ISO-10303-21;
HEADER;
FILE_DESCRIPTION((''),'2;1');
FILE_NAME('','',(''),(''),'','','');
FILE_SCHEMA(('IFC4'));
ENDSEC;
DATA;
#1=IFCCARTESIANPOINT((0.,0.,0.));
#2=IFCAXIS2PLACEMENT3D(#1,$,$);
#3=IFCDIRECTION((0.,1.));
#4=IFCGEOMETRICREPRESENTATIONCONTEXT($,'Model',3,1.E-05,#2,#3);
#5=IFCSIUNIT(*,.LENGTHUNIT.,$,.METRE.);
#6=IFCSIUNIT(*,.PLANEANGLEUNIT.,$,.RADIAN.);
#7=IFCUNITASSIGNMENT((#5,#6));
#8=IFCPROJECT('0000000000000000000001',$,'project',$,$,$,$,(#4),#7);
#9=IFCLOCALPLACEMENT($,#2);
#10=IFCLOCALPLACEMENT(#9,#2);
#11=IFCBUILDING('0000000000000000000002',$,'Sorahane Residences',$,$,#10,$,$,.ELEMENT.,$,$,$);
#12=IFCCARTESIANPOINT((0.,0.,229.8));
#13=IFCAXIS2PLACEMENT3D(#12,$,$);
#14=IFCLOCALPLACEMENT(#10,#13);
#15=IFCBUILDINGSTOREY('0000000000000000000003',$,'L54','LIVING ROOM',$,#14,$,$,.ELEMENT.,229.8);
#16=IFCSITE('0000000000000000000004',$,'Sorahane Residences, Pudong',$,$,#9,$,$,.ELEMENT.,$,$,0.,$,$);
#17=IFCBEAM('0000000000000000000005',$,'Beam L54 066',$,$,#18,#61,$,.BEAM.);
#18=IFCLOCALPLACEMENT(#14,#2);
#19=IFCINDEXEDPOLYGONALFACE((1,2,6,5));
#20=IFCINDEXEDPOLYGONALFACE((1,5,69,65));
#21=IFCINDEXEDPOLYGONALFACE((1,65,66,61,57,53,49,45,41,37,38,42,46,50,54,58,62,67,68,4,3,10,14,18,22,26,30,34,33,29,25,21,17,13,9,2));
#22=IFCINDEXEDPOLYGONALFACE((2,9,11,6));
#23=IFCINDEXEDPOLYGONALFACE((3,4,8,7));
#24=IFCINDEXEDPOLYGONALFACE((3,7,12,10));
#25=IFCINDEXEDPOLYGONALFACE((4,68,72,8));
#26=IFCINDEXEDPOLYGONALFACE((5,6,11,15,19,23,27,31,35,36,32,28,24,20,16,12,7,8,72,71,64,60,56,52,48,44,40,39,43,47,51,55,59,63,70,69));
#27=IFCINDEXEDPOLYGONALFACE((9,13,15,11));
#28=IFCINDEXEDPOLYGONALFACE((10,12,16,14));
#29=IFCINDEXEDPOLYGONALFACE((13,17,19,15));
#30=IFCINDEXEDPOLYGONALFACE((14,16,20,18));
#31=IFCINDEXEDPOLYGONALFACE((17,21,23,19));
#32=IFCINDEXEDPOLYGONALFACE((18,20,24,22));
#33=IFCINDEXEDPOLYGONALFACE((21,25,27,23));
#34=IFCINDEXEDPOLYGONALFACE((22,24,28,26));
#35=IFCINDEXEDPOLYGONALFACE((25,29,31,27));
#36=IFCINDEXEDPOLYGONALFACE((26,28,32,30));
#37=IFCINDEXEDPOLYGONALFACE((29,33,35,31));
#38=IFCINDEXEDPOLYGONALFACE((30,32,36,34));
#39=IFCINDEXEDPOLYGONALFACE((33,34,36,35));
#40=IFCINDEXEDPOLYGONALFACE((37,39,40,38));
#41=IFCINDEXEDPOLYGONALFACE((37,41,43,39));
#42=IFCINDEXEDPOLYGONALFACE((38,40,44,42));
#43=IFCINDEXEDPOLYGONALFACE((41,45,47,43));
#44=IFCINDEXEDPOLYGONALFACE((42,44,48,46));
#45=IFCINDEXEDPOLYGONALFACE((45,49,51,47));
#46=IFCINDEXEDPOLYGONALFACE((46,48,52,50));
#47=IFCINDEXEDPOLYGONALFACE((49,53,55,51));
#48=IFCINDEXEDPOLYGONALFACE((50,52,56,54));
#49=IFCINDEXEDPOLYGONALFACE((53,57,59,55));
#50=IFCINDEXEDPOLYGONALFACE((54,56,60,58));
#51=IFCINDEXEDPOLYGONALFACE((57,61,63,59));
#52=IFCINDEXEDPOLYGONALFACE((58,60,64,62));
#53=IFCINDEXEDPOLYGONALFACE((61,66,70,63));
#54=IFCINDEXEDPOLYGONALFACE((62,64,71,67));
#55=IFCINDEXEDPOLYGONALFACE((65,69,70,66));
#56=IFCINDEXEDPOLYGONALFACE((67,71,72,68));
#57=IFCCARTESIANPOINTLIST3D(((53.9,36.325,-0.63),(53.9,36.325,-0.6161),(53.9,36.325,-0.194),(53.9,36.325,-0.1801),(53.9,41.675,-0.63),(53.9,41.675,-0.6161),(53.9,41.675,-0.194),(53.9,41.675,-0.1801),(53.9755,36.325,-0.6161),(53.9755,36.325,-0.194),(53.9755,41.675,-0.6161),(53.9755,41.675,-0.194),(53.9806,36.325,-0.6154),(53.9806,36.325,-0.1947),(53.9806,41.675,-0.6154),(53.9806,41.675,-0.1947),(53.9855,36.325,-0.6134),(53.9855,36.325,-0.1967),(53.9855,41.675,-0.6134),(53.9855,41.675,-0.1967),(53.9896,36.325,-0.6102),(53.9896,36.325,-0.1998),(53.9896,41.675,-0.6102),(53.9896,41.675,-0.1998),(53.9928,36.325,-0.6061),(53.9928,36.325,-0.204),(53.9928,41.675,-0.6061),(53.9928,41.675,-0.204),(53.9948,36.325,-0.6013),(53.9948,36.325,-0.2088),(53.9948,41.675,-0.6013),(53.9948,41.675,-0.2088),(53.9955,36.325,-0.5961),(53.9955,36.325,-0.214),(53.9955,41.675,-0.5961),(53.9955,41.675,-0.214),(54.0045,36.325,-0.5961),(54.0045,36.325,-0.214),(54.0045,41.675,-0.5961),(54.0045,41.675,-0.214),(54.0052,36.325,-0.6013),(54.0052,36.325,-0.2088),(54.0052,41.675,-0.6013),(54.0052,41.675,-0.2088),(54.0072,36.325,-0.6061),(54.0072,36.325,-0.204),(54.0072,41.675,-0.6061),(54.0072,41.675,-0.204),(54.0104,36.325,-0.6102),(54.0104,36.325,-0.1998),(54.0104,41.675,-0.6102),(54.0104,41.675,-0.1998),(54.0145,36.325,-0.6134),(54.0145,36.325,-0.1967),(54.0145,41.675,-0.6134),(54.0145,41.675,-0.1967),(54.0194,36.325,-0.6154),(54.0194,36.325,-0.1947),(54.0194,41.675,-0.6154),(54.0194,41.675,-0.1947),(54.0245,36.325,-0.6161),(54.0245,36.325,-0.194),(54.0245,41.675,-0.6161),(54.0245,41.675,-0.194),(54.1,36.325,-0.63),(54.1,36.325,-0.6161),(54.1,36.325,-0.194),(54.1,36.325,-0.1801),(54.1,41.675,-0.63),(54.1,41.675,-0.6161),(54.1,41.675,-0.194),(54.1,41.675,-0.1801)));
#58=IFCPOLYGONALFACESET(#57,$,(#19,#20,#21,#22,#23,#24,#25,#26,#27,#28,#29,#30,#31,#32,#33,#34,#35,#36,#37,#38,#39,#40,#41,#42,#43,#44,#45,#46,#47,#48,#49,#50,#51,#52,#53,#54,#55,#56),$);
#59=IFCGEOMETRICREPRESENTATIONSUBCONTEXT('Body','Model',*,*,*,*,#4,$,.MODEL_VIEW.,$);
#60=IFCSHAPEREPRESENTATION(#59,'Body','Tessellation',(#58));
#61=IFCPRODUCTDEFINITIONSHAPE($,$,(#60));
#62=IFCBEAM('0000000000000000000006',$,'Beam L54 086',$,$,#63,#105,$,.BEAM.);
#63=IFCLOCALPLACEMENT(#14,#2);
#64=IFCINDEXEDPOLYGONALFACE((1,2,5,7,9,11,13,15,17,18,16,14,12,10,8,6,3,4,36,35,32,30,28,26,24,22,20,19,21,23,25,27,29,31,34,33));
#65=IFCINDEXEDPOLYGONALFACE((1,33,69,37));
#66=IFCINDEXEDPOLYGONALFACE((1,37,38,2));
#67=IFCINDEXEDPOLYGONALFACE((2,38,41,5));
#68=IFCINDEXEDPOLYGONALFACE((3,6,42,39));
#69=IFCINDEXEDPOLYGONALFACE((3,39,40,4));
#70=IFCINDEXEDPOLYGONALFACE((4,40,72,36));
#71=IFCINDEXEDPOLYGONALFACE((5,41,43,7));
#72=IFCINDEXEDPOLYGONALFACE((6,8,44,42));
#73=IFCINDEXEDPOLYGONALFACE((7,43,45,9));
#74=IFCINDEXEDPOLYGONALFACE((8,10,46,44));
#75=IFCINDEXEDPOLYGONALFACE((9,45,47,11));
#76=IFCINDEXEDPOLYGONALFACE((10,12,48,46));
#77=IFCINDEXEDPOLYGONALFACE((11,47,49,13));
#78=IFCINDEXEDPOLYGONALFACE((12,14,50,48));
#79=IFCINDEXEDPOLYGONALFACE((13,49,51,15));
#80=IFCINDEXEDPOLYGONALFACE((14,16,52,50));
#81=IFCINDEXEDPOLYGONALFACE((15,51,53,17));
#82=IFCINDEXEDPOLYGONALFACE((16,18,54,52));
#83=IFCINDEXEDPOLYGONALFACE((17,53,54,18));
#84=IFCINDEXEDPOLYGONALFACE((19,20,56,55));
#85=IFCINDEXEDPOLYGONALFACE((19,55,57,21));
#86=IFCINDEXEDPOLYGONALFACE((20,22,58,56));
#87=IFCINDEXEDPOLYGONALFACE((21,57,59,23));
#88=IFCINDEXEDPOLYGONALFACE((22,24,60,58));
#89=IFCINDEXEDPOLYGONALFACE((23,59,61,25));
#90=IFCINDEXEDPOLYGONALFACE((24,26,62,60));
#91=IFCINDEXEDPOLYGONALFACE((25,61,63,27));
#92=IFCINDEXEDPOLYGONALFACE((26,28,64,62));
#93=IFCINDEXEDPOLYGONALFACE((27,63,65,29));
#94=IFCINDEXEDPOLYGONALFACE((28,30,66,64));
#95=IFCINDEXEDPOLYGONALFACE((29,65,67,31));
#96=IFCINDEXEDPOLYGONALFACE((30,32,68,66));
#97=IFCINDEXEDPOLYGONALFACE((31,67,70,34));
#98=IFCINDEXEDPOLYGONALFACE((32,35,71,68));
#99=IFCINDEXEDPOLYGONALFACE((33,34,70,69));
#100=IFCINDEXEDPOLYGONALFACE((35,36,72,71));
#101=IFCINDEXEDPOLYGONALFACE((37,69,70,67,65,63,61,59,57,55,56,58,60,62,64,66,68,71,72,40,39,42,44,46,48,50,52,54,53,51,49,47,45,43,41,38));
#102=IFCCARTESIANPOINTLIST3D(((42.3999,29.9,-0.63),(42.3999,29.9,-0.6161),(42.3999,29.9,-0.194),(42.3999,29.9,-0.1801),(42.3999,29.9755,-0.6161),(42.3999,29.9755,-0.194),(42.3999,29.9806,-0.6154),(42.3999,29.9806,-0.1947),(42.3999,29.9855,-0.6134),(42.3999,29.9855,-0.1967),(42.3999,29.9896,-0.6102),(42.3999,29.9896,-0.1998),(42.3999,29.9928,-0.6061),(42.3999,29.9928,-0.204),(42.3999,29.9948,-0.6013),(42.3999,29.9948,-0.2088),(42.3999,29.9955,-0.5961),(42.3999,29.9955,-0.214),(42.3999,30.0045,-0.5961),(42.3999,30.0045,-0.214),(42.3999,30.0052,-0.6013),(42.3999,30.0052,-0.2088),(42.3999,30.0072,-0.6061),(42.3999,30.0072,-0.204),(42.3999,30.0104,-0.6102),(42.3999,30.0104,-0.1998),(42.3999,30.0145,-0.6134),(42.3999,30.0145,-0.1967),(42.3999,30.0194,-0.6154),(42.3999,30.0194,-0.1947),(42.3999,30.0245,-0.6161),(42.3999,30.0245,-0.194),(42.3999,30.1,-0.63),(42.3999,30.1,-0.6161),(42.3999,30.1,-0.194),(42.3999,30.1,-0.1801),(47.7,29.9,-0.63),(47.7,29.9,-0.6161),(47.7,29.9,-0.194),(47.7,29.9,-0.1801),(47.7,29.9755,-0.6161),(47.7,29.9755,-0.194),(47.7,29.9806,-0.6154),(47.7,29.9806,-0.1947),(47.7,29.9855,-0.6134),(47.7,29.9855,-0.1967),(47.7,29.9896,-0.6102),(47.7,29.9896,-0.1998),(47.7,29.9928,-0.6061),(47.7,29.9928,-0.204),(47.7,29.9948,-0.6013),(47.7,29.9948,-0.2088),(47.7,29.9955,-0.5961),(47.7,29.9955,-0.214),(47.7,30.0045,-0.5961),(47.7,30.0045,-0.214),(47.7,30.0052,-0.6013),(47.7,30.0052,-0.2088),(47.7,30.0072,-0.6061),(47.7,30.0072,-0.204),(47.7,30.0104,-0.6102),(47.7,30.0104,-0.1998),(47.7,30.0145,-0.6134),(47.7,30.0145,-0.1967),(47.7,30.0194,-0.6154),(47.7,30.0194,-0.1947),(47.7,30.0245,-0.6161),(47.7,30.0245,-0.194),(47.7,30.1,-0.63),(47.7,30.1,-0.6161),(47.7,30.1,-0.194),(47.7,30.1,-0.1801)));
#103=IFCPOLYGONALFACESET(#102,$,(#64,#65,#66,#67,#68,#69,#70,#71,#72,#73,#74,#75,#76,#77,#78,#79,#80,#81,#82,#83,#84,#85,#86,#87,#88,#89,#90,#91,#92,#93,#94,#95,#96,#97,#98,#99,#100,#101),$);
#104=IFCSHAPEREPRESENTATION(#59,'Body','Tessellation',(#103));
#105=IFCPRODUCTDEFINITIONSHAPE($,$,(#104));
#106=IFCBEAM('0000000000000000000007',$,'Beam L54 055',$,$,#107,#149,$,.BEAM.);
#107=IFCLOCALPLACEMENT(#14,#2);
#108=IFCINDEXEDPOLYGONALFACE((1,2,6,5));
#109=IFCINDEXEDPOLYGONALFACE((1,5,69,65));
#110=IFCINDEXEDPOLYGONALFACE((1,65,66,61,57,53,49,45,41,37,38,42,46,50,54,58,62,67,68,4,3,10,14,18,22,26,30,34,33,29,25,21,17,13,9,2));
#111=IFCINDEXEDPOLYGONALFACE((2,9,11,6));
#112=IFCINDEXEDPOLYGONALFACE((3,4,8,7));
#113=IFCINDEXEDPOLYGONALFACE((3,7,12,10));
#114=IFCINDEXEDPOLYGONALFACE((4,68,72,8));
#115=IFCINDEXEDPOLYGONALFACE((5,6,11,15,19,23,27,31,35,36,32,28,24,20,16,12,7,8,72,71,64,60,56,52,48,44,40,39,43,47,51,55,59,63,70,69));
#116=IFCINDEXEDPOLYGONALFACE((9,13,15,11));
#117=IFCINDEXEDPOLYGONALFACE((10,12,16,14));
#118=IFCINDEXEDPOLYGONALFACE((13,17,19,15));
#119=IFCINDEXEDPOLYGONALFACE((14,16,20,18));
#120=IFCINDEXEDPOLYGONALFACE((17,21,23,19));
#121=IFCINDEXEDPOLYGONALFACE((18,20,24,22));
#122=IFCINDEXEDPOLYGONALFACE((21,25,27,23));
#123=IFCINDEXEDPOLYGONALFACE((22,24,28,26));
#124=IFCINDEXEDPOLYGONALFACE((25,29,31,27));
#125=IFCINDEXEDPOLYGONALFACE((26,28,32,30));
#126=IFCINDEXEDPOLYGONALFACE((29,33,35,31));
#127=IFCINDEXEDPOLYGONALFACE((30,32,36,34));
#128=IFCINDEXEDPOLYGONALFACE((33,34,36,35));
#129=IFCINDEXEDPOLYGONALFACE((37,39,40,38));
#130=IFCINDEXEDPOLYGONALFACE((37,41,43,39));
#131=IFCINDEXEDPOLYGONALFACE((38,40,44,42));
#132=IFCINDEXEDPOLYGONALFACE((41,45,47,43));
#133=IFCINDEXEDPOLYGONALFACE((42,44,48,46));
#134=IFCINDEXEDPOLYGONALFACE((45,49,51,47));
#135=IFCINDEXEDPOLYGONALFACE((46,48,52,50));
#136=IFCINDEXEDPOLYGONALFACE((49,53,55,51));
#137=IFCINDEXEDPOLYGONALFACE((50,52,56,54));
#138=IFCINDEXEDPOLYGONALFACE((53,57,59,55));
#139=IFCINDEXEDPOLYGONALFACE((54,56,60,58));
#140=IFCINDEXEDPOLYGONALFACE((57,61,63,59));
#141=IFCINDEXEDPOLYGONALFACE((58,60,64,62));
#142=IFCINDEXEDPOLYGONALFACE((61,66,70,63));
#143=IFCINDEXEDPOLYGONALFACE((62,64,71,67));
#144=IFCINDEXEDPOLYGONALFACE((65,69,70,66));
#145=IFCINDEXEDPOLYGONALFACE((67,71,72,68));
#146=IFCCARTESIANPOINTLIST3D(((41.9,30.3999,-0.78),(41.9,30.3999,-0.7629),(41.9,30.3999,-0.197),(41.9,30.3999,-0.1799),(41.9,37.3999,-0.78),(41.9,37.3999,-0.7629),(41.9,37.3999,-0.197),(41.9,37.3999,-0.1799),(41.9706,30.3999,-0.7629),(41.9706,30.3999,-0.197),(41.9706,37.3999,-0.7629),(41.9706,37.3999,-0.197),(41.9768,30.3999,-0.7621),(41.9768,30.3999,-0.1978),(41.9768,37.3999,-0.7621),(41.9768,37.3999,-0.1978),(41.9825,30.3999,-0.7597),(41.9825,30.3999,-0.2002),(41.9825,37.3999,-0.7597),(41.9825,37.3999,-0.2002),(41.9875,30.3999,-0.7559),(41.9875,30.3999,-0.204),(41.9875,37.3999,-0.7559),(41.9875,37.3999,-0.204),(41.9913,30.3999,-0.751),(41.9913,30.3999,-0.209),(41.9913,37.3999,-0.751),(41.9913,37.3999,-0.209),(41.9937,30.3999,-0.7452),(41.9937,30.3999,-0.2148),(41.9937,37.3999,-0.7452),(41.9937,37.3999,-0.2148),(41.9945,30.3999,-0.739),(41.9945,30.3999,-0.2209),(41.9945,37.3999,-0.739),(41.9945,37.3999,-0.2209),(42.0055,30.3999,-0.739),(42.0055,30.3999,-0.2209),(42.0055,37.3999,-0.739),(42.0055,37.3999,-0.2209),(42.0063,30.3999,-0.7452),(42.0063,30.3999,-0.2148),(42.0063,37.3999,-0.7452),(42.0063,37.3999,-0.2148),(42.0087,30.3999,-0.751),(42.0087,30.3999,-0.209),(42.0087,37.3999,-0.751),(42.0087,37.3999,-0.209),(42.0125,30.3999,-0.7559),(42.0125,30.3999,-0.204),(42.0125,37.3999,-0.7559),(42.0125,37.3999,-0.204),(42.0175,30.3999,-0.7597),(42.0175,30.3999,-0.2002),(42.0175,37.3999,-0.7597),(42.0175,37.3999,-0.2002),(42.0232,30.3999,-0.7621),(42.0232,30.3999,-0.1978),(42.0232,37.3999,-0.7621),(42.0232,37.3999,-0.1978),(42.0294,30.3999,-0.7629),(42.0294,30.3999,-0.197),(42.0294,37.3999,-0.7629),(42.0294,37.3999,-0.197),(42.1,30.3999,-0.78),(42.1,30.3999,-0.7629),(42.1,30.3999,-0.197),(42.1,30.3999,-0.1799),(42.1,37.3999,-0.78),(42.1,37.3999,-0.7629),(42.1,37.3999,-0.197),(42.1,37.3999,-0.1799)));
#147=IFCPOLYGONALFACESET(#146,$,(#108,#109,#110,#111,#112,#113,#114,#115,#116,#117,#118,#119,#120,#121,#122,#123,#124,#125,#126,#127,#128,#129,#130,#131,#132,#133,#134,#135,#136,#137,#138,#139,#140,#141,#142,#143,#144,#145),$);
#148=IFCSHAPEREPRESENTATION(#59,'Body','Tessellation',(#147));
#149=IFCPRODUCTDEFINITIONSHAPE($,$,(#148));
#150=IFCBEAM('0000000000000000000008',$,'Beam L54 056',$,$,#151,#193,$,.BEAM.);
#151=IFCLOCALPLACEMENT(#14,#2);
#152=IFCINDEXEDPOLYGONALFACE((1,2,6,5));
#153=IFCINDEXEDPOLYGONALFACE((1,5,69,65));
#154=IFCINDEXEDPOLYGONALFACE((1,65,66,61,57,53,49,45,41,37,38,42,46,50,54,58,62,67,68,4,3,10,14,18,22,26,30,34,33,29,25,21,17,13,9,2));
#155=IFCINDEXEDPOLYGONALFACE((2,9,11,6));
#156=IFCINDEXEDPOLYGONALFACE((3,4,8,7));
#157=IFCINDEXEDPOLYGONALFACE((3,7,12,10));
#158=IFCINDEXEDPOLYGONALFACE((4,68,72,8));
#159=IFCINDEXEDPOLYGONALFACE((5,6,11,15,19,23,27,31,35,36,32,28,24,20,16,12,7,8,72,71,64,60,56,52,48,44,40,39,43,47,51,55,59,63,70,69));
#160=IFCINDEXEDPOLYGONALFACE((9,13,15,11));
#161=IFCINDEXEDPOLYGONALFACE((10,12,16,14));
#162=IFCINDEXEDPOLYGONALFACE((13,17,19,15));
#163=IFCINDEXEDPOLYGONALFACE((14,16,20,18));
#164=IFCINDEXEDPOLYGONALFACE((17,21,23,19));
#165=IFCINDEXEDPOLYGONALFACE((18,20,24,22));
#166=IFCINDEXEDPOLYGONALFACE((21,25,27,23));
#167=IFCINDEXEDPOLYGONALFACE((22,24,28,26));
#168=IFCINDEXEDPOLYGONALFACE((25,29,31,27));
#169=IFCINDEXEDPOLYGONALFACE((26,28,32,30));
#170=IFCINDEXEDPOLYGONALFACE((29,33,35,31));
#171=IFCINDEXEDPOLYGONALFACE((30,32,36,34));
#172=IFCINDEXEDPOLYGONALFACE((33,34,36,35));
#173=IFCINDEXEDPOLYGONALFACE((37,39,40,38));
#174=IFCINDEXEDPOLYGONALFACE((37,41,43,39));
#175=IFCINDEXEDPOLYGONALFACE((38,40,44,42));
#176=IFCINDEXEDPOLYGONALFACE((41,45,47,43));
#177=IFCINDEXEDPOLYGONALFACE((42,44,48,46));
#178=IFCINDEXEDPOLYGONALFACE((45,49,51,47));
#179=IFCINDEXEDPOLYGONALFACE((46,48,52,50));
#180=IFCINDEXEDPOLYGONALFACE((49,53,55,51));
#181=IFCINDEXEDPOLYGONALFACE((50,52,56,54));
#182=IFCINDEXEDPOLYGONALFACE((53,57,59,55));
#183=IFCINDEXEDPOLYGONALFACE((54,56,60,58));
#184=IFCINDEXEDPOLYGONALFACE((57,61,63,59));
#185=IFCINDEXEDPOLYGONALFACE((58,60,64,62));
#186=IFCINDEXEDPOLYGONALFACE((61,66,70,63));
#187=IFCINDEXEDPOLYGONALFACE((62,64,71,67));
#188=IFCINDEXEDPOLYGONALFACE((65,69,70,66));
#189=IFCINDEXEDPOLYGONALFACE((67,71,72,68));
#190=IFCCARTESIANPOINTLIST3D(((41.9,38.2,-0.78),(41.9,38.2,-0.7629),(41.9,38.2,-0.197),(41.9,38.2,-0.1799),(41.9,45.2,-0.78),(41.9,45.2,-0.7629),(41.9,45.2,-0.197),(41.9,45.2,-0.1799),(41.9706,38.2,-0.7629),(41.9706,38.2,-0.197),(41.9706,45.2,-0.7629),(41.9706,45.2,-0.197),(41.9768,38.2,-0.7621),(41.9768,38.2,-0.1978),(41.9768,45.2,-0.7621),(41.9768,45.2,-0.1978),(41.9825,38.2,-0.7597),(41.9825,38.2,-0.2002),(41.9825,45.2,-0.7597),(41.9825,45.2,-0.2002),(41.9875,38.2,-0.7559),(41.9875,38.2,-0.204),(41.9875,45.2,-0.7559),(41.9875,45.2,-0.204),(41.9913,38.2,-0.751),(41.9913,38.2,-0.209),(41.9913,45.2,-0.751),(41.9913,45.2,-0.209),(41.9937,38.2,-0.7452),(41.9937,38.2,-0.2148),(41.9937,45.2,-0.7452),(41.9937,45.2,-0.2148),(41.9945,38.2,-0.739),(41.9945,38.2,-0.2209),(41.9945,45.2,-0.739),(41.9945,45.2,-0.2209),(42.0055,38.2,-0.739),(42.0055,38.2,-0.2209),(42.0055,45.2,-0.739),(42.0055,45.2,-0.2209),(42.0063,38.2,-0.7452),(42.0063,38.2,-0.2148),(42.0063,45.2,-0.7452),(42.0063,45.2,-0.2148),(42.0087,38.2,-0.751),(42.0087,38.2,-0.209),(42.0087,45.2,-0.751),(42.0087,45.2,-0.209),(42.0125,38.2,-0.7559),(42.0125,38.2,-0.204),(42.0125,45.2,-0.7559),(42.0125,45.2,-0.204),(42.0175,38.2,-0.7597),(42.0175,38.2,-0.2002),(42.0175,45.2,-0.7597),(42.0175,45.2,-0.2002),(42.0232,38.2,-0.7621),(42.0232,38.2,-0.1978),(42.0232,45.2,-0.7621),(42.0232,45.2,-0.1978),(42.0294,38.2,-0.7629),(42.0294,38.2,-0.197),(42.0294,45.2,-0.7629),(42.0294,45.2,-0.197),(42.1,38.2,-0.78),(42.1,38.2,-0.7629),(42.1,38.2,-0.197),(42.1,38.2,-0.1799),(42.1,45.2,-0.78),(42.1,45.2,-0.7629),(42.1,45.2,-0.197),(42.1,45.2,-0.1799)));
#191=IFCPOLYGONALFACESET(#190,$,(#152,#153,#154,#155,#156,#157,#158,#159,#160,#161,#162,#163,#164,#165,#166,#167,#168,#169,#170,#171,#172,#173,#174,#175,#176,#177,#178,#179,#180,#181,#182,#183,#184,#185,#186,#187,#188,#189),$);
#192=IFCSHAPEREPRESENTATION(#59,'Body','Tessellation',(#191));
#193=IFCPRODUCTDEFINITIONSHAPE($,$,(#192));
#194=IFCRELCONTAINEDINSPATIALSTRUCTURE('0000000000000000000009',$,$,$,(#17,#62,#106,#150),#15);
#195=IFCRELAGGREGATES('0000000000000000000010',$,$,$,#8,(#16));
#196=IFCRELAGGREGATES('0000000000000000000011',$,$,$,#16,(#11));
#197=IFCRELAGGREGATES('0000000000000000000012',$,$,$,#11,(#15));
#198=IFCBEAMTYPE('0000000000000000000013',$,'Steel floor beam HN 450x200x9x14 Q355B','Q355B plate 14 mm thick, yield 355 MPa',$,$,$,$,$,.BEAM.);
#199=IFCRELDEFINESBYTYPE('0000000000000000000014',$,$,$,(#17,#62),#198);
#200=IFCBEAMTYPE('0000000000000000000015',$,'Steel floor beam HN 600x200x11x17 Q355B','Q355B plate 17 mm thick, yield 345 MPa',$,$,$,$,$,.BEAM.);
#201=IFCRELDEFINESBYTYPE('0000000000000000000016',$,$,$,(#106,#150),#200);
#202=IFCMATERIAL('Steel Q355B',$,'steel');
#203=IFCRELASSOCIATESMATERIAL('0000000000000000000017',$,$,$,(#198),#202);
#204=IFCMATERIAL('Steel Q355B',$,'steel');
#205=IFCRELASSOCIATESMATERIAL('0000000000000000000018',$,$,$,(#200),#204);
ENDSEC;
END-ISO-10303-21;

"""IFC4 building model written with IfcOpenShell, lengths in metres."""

from ifc_helpers import new_model, si_unit, direction, frame, origin, origin_2d, place, context, subcontext, project, spatial, i_section, extrude, material, material_profile, profile_set, type_object, element, save


model = new_model("IFC4")

# Units and contexts
model_context = context("Model", 3, precision=1e-05, world=origin(), true_north=direction((0.0, 1.0)))
body_context = subcontext(model_context, "Body", "Model", "MODEL_VIEW")
ifc_project = project(units=[si_unit("LENGTHUNIT", "METRE"), si_unit("PLANEANGLEUNIT", "RADIAN")], contexts=[model_context])

# Site, building, storey
site_placement = place(None, origin())
site = spatial("IfcSite", under=ifc_project, at=site_placement, Name="Sorahane Residences, Pudong", CompositionType="ELEMENT", RefElevation=0.0)
building_placement = place(site_placement, origin())
building = spatial("IfcBuilding", under=site, at=building_placement, Name="Sorahane Residences", CompositionType="ELEMENT")
storey_placement = place(building_placement, frame((0.0, 0.0, 229.8)))
storey = spatial("IfcBuildingStorey", under=building, at=storey_placement, Name="L54", Description="LIVING ROOM", CompositionType="ELEMENT", Elevation=229.8)

# Beams
ifc_material_1 = material(Name="Steel Q355B", Category="steel")
ifc_material_profile_1 = material_profile(ifc_material_1, i_section(OverallWidth=0.2, OverallDepth=0.45, WebThickness=0.009, FlangeThickness=0.0139, FilletRadius=0.02, at=origin_2d()), Name="HN 450x200x9x14")
ifc_profile_set_1 = profile_set([ifc_material_profile_1], Name="Steel Q355B")
beam_type_1 = type_object("IfcBeamType", Name="Steel floor beam HN 450x200x9x14 Q355B", Description="Q355B plate 14 mm thick, yield 355 MPa", PredefinedType="BEAM", material=ifc_profile_set_1)
beam_1_placement = place(storey_placement, frame((54.0, 36.325, -0.405), z_axis=(0.0, 1.0, 0.0), x_axis=(-1.0, 0.0, 0.0)))
element("IfcBeam", 1, at=beam_1_placement, inside=storey, type_object=beam_type_1, Name="Beam L54 066", PredefinedType="BEAM", context=body_context, shape_type="SweptSolid", body=[
    extrude(i_section(OverallWidth=0.2, OverallDepth=0.45, WebThickness=0.009, FlangeThickness=0.0139, FilletRadius=0.02, at=origin_2d()), origin(), (0.0, 0.0, 1.0), 5.3501),
])
beam_2_placement = place(storey_placement, frame((42.3999, 30.0, -0.405), z_axis=(1.0, 0.0, 0.0), x_axis=(0.0, 1.0, 0.0)))
element("IfcBeam", 2, at=beam_2_placement, inside=storey, type_object=beam_type_1, Name="Beam L54 086", PredefinedType="BEAM", context=body_context, shape_type="SweptSolid", body=[
    extrude(i_section(OverallWidth=0.2, OverallDepth=0.45, WebThickness=0.009, FlangeThickness=0.0139, FilletRadius=0.02, at=origin_2d()), origin(), (0.0, 0.0, 1.0), 5.3),
])
ifc_material_2 = material(Name="Steel Q355B", Category="steel")
ifc_material_profile_2 = material_profile(ifc_material_2, i_section(OverallWidth=0.2, OverallDepth=0.6001, WebThickness=0.011, FlangeThickness=0.0171, FilletRadius=0.0239, at=origin_2d()), Name="HN 600x200x11x17")
ifc_profile_set_2 = profile_set([ifc_material_profile_2], Name="Steel Q355B")
beam_type_2 = type_object("IfcBeamType", Name="Steel floor beam HN 600x200x11x17 Q355B", Description="Q355B plate 17 mm thick, yield 345 MPa", PredefinedType="BEAM", material=ifc_profile_set_2)
for number, where, z_axis, x_axis, name in (
    (3, (42.0, 30.3999, -0.48), (0.0, 1.0, 0.0), (-1.0, 0.0, 0.0), "Beam L54 055"),
    (4, (42.0, 38.2, -0.48), (0.0, 1.0, 0.0), (-1.0, 0.0, 0.0), "Beam L54 056"),
):
    element("IfcBeam", number, at=place(storey_placement, frame(where, z_axis=z_axis, x_axis=x_axis)), inside=storey, type_object=beam_type_2, Name=name, PredefinedType="BEAM", context=body_context, shape_type="SweptSolid", body=[
        extrude(i_section(OverallWidth=0.2, OverallDepth=0.6001, WebThickness=0.011, FlangeThickness=0.0171, FilletRadius=0.0239, at=origin_2d()), origin(), (0.0, 0.0, 1.0), 7.0),
    ])

save(model, "model.ifc")
